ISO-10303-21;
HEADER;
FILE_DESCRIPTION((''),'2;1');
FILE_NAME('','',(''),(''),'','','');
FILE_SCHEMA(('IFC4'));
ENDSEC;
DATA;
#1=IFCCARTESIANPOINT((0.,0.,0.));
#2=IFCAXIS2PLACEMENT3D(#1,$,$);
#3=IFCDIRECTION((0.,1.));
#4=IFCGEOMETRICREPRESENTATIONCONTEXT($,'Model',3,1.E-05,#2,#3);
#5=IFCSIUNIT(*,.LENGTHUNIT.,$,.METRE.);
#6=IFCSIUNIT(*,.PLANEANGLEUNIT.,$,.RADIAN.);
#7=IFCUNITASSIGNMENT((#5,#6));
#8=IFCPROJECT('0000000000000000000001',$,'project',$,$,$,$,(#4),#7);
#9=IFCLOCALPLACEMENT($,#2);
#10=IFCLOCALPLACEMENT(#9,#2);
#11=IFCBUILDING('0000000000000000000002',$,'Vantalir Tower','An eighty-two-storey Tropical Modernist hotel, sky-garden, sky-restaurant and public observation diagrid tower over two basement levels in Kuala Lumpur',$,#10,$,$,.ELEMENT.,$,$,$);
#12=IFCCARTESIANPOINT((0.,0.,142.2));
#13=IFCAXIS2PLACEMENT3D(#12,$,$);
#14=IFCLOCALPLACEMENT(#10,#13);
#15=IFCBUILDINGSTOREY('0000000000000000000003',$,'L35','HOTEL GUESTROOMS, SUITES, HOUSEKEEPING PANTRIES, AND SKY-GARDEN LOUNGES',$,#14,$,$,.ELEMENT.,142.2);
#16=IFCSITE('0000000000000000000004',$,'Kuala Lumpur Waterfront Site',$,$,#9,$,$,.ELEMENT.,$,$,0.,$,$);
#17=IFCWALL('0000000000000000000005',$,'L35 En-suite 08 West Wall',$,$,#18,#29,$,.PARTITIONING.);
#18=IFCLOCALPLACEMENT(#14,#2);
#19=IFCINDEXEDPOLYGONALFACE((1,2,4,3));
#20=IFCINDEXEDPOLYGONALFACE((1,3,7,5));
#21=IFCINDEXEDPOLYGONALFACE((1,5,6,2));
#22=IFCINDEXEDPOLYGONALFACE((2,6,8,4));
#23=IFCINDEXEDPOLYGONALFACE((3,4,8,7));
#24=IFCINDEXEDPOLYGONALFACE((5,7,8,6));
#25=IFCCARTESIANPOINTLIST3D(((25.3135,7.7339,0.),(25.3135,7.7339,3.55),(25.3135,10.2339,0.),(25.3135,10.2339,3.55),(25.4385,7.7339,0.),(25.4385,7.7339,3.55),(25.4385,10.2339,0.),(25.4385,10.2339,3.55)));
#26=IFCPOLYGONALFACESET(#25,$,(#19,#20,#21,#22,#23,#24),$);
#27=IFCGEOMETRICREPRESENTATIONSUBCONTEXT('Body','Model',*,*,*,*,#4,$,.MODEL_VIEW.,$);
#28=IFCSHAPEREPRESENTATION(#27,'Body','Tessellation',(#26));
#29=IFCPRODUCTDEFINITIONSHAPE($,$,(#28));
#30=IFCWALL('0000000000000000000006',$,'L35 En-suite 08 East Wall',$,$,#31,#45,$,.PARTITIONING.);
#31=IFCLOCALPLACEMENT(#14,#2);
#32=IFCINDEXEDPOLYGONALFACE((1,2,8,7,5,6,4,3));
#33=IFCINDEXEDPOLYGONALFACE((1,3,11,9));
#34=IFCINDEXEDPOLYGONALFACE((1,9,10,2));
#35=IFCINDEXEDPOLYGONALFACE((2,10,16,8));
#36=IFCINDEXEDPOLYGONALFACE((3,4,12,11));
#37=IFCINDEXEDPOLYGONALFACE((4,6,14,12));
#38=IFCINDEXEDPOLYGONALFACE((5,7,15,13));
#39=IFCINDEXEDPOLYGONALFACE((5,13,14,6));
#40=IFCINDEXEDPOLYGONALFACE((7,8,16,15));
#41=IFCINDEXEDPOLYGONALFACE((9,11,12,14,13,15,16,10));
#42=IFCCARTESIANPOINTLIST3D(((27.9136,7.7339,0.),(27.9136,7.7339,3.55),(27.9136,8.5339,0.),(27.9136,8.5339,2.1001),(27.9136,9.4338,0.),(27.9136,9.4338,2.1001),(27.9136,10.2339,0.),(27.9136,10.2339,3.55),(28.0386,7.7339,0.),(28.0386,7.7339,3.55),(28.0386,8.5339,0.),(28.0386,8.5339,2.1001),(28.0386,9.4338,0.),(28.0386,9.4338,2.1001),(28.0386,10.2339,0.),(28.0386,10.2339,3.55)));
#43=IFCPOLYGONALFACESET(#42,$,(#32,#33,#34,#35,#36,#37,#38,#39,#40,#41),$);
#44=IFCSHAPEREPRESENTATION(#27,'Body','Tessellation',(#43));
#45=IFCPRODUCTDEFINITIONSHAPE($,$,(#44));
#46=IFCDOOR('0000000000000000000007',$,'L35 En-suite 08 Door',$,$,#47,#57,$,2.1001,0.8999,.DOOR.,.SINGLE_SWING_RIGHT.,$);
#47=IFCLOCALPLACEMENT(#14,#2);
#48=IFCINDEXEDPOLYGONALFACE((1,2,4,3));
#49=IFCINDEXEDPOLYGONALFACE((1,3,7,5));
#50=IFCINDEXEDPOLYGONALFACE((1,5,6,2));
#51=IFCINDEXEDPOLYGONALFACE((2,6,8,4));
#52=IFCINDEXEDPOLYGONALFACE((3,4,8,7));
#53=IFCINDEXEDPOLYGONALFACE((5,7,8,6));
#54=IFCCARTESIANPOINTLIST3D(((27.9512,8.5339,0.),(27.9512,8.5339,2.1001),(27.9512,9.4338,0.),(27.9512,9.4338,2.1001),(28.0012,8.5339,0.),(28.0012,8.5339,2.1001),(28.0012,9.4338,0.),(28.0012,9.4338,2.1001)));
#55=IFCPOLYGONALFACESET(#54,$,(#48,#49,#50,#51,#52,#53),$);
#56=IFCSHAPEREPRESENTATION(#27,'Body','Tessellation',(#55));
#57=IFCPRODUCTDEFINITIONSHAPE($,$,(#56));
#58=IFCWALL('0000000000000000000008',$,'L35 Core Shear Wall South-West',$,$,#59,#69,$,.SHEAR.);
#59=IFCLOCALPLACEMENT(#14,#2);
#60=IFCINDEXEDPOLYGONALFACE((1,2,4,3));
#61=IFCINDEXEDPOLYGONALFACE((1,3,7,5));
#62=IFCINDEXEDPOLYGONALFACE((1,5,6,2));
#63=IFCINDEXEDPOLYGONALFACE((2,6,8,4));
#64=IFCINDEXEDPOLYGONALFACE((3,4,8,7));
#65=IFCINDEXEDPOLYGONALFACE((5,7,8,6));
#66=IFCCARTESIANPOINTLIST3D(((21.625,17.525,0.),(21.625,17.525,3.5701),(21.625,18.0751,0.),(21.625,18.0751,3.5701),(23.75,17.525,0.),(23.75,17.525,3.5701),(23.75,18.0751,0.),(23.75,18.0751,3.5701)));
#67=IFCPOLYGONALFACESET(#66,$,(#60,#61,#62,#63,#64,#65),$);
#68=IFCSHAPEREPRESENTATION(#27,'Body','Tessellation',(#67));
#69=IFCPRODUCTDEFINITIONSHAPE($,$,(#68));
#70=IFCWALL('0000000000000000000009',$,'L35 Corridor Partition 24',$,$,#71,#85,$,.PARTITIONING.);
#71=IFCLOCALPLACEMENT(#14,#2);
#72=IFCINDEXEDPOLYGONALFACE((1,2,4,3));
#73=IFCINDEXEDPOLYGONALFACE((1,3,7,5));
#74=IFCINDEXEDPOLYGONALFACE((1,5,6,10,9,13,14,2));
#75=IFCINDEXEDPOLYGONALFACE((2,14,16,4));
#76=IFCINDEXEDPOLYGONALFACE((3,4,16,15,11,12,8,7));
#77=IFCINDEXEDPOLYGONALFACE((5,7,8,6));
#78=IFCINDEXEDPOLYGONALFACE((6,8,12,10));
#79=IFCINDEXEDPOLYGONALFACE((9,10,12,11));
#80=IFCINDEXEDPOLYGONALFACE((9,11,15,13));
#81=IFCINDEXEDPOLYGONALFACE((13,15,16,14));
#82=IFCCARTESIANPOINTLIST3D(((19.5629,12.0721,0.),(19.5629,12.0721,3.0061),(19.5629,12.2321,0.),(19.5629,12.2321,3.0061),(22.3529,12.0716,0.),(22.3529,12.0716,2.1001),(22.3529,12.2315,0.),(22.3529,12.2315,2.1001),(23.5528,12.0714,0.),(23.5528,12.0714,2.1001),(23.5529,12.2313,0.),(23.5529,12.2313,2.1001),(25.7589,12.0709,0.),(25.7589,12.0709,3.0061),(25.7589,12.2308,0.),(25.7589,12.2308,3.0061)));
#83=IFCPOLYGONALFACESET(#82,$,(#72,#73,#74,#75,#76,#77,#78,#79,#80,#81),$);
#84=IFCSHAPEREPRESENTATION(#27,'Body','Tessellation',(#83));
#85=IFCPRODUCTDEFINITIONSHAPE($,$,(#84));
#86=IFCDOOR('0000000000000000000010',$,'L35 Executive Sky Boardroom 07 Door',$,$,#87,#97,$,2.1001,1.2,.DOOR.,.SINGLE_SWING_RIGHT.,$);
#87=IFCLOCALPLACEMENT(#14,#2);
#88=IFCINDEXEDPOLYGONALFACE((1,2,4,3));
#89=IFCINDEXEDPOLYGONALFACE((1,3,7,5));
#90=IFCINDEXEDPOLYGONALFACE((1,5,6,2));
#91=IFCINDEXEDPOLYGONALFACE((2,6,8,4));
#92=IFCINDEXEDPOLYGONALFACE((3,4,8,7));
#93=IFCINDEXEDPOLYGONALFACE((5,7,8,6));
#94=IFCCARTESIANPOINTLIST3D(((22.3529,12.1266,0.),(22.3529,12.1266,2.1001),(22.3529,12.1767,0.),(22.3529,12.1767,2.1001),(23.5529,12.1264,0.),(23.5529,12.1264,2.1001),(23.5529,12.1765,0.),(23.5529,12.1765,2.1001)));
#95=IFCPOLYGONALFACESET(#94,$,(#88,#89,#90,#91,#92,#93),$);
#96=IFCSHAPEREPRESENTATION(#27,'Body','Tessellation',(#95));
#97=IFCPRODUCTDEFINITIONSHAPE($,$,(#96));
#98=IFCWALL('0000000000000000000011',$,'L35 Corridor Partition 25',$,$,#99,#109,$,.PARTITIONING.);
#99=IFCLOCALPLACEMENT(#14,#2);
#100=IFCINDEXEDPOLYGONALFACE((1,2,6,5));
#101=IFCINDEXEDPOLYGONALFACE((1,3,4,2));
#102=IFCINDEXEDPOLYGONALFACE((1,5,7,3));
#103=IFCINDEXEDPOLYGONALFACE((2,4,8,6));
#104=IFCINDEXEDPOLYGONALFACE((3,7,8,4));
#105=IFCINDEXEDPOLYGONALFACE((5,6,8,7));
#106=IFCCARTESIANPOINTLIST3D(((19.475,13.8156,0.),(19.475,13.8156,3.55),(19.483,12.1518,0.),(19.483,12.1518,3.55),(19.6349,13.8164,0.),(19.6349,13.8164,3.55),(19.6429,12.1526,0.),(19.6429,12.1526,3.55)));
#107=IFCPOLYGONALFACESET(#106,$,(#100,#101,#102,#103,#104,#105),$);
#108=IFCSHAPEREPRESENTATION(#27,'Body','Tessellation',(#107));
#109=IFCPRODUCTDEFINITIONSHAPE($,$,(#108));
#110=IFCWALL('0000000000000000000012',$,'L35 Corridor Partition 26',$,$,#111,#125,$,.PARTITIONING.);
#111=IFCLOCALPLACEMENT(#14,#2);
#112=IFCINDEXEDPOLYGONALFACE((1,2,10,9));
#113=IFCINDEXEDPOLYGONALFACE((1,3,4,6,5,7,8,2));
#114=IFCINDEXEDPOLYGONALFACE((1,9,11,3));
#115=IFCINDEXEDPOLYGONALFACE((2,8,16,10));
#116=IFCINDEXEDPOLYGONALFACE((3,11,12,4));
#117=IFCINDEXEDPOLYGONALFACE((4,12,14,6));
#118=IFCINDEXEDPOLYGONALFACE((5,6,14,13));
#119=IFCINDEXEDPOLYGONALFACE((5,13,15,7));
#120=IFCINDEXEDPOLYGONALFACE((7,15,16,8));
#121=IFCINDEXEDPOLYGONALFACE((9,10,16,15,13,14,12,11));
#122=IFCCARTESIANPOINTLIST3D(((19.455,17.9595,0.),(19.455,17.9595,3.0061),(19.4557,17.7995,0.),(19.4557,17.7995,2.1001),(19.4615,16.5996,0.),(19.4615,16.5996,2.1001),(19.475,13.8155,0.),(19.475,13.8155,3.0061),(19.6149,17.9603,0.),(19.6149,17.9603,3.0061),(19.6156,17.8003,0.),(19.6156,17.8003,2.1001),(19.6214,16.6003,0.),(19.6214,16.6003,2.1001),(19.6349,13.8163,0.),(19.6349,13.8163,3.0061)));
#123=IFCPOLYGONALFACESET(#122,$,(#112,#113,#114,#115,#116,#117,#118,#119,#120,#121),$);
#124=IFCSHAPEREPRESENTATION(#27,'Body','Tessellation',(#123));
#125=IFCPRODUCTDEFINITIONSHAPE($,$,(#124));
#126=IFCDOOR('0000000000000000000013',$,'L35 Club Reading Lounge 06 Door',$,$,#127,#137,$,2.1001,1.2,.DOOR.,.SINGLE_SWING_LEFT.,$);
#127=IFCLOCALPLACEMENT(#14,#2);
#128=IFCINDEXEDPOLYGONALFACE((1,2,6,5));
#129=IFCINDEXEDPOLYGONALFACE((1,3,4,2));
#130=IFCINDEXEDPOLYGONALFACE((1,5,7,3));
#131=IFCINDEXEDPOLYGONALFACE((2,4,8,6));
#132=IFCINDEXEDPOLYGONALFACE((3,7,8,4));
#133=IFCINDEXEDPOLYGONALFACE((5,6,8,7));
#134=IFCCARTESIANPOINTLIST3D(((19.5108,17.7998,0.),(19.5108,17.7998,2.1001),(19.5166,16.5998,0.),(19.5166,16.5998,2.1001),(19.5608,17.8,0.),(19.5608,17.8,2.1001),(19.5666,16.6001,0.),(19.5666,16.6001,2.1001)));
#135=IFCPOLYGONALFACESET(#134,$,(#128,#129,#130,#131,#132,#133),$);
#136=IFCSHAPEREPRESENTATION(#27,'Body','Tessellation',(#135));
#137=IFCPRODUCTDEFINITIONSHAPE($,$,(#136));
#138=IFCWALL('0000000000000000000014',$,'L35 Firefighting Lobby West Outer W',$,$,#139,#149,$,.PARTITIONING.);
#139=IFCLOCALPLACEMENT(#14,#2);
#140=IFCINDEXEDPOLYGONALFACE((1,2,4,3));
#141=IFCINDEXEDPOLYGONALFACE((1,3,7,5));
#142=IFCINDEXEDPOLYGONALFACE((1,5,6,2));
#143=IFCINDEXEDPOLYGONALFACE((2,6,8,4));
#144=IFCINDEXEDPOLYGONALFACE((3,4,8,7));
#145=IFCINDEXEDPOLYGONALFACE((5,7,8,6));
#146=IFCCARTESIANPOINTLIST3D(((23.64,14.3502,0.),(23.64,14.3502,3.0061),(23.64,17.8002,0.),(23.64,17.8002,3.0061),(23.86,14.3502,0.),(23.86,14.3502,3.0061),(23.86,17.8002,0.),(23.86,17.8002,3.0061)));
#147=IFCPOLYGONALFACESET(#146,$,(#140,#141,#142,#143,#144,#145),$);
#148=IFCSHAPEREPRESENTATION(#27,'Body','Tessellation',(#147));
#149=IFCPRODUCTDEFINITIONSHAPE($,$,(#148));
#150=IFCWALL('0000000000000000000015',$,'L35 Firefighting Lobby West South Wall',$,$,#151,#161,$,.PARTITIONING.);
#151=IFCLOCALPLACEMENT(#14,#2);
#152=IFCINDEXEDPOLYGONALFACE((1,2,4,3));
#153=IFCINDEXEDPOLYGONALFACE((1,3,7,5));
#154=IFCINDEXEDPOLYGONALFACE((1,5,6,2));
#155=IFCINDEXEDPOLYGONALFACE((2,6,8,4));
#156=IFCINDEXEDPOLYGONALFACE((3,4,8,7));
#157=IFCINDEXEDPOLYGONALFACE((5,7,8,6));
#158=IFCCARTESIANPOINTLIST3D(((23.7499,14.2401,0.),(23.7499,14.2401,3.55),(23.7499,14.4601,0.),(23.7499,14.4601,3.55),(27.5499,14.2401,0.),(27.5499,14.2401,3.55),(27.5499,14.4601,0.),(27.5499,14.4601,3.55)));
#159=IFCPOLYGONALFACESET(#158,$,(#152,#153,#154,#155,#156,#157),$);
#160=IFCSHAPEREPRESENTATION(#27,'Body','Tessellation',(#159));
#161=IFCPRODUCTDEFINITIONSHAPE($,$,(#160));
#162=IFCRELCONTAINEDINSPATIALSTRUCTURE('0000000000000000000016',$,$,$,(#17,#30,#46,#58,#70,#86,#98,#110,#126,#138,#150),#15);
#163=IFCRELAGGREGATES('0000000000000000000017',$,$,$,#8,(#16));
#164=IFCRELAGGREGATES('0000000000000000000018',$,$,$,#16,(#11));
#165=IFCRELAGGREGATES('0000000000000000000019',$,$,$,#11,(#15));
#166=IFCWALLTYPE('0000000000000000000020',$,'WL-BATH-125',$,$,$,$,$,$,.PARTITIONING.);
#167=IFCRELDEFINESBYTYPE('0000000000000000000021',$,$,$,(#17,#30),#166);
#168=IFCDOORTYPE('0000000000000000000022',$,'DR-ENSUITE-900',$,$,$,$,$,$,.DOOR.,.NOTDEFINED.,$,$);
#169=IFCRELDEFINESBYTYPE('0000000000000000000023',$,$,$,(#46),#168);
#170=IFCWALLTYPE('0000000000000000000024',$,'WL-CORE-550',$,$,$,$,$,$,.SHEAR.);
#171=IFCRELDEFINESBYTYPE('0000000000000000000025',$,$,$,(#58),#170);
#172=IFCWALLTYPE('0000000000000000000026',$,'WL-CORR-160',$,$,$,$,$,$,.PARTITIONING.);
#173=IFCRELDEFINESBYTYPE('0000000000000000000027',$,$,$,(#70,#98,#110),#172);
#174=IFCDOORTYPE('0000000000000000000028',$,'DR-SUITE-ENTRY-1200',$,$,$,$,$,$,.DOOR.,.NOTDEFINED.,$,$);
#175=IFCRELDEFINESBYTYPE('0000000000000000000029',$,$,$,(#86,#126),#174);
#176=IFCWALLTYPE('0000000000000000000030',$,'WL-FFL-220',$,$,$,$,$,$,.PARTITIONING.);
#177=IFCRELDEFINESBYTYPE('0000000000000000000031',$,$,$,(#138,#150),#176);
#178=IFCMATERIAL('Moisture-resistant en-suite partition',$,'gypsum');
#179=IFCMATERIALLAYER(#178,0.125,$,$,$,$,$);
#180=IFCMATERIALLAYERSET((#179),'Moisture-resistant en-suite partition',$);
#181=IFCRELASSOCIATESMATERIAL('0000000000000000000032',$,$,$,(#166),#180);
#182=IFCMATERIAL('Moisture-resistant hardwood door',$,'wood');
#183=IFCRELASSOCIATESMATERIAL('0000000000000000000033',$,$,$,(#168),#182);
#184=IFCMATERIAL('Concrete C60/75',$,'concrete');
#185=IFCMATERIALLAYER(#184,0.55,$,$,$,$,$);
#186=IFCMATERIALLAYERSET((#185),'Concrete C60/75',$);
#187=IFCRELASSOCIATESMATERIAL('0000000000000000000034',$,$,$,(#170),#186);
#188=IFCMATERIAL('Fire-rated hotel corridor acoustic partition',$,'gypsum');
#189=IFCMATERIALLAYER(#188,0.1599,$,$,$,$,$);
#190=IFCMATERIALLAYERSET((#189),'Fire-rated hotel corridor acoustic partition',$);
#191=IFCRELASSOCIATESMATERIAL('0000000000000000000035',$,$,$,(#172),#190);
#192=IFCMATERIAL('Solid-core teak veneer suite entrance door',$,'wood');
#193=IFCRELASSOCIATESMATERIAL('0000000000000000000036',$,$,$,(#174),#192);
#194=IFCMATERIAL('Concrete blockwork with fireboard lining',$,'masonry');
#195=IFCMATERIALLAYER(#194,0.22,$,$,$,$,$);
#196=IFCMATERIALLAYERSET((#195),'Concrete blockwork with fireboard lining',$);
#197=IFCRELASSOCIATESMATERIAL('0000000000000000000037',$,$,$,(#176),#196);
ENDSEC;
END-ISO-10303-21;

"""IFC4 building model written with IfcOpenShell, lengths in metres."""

from ifc_helpers import new_model, si_unit, direction, frame, frame_2d, origin, place, context, subcontext, project, spatial, rectangle, extrude, material, layer, layer_set, type_object, element, fill, save


model = new_model("IFC4")

# Units and contexts
model_context = context("Model", 3, precision=1e-05, world=origin(), true_north=direction((0.0, 1.0)))
body_context = subcontext(model_context, "Body", "Model", "MODEL_VIEW")
ifc_project = project(units=[si_unit("LENGTHUNIT", "METRE"), si_unit("PLANEANGLEUNIT", "RADIAN")], contexts=[model_context])

# Site, building, storey
site_placement = place(None, origin())
site = spatial("IfcSite", under=ifc_project, at=site_placement, Name="Kuala Lumpur Waterfront Site", CompositionType="ELEMENT", RefElevation=0.0)
building_placement = place(site_placement, origin())
building = spatial("IfcBuilding", under=site, at=building_placement, Name="Vantalir Tower", Description="An eighty-two-storey Tropical Modernist hotel, sky-garden, sky-restaurant and public observation diagrid tower over two basement levels in Kuala Lumpur", CompositionType="ELEMENT")
storey_placement = place(building_placement, frame((0.0, 0.0, 142.2)))
storey = spatial("IfcBuildingStorey", under=building, at=storey_placement, Name="L35", Description="HOTEL GUESTROOMS, SUITES, HOUSEKEEPING PANTRIES, AND SKY-GARDEN LOUNGES", CompositionType="ELEMENT", Elevation=142.2)

# Shared definitions
ifc_material_1 = material(Name="Concrete C60/75", Category="concrete")

# Wall
ifc_material_2 = material(Name="Moisture-resistant en-suite partition", Category="gypsum")
ifc_layer_1 = layer(ifc_material_2, 0.125)
ifc_layer_set_1 = layer_set([ifc_layer_1], Name="Moisture-resistant en-suite partition")
wall_type_1 = type_object("IfcWallType", Name="WL-BATH-125", PredefinedType="PARTITIONING", material=ifc_layer_set_1)
wall_1_placement = place(storey_placement, frame((25.376, 7.7339, 0.0), z_axis=(0.0, 0.0, 1.0), x_axis=(0.0, 1.0, 0.0)))
element("IfcWall", 1, at=wall_1_placement, inside=storey, type_object=wall_type_1, Name="L35 En-suite 08 West Wall", PredefinedType="PARTITIONING", context=body_context, shape_type="SweptSolid", body=[
    extrude(rectangle(XDim=2.5, YDim=0.125, at=frame_2d((1.25, 0.0))), origin(), (0.0, 0.0, 1.0), 3.55),
])

# Wall, opening, door
wall_2_placement = place(storey_placement, frame((27.9761, 7.7339, 0.0), z_axis=(0.0, 0.0, 1.0), x_axis=(0.0, 1.0, 0.0)))
wall_2 = element("IfcWall", 2, at=wall_2_placement, inside=storey, type_object=wall_type_1, Name="L35 En-suite 08 East Wall", PredefinedType="PARTITIONING", context=body_context, shape_type="SweptSolid", body=[
    extrude(rectangle(XDim=2.5, YDim=0.125, at=frame_2d((1.25, 0.0))), origin(), (0.0, 0.0, 1.0), 3.55),
])
opening_1_placement = place(wall_2_placement, frame((0.8, 0.0, 0.0)))
opening_1 = element("IfcOpeningElement", 3, at=opening_1_placement, cuts=wall_2, PredefinedType="OPENING", context=body_context, shape_type="SweptSolid", body=[
    extrude(rectangle(XDim=0.8999, YDim=2.1001, at=frame_2d((0.45, 1.05))), frame((0.0, 0.0725, 0.0), z_axis=(0.0, -1.0, 0.0), x_axis=(1.0, 0.0, 0.0)), (0.0, 0.0, 1.0), 0.145),
])
ifc_material_3 = material(Name="Moisture-resistant hardwood door", Category="wood")
door_type_1 = type_object("IfcDoorType", Name="DR-ENSUITE-900", OperationType="NOTDEFINED", PredefinedType="DOOR", material=ifc_material_3)
door_1_placement = place(opening_1_placement, origin())
door_1 = element("IfcDoor", 4, at=door_1_placement, inside=storey, type_object=door_type_1, Name="L35 En-suite 08 Door", OperationType="SINGLE_SWING_RIGHT", OverallHeight=2.1001, OverallWidth=0.8999, PredefinedType="DOOR", context=body_context, shape_type="SweptSolid", body=[
    extrude(rectangle(XDim=0.8999, YDim=2.1001, at=frame_2d((0.45, 1.05))), frame((0.0, 0.0249, 0.0), z_axis=(0.0, -1.0, 0.0), x_axis=(1.0, 0.0, 0.0)), (0.0, 0.0, 1.0), 0.05),
])
fill(opening_1, door_1)

# Wall
ifc_layer_2 = layer(ifc_material_1, 0.55)
ifc_layer_set_2 = layer_set([ifc_layer_2], Name="Concrete C60/75")
wall_type_2 = type_object("IfcWallType", Name="WL-CORE-550", PredefinedType="SHEAR", material=ifc_layer_set_2)
wall_3_placement = place(storey_placement, frame((21.625, 17.8, 0.0), z_axis=(0.0, 0.0, 1.0), x_axis=(1.0, 0.0, 0.0)))
element("IfcWall", 5, at=wall_3_placement, inside=storey, type_object=wall_type_2, Name="L35 Core Shear Wall South-West", PredefinedType="SHEAR", context=body_context, shape_type="SweptSolid", body=[
    extrude(rectangle(XDim=2.125, YDim=0.55, at=frame_2d((1.0625, 0.0))), origin(), (0.0, 0.0, 1.0), 3.5701),
])

# Wall, opening, door
ifc_material_4 = material(Name="Fire-rated hotel corridor acoustic partition", Category="gypsum")
ifc_layer_3 = layer(ifc_material_4, 0.1599)
ifc_layer_set_3 = layer_set([ifc_layer_3], Name="Fire-rated hotel corridor acoustic partition")
wall_type_3 = type_object("IfcWallType", Name="WL-CORR-160", PredefinedType="PARTITIONING", material=ifc_layer_set_3)
wall_4_placement = place(storey_placement, frame((25.759, 12.1509, 0.0), z_axis=(0.0, 0.0, 1.0), x_axis=(-1.0, 0.000197, 0.0)))
wall_4 = element("IfcWall", 6, at=wall_4_placement, inside=storey, type_object=wall_type_3, Name="L35 Corridor Partition 24", PredefinedType="PARTITIONING", context=body_context, shape_type="SweptSolid", body=[
    extrude(rectangle(XDim=6.196, YDim=0.1599, at=frame_2d((3.0981, 0.0))), origin(), (0.0, 0.0, 1.0), 3.0061),
])
opening_2_placement = place(wall_4_placement, frame((2.2061, 0.0, 0.0)))
opening_2 = element("IfcOpeningElement", 7, at=opening_2_placement, cuts=wall_4, PredefinedType="OPENING", context=body_context, shape_type="SweptSolid", body=[
    extrude(rectangle(XDim=1.2, YDim=2.1001, at=frame_2d((0.6001, 1.05))), frame((0.0, 0.0898, 0.0), z_axis=(0.0, -1.0, 0.0), x_axis=(1.0, 0.0, 0.0)), (0.0, 0.0, 1.0), 0.1799),
])
ifc_material_5 = material(Name="Solid-core teak veneer suite entrance door", Category="wood")
door_type_2 = type_object("IfcDoorType", Name="DR-SUITE-ENTRY-1200", OperationType="NOTDEFINED", PredefinedType="DOOR", material=ifc_material_5)
door_2_placement = place(opening_2_placement, origin())
door_2 = element("IfcDoor", 8, at=door_2_placement, inside=storey, type_object=door_type_2, Name="L35 Executive Sky Boardroom 07 Door", OperationType="SINGLE_SWING_RIGHT", OverallHeight=2.1001, OverallWidth=1.2, PredefinedType="DOOR", context=body_context, shape_type="SweptSolid", body=[
    extrude(rectangle(XDim=1.2, YDim=2.1001, at=frame_2d((0.6001, 1.05))), frame((0.0, 0.0249, 0.0), z_axis=(0.0, -1.0, 0.0), x_axis=(1.0, 0.0, 0.0)), (0.0, 0.0, 1.0), 0.05),
])
fill(opening_2, door_2)

# Wall
wall_5_placement = place(storey_placement, frame((19.563, 12.1521, 0.0), z_axis=(0.0, 0.0, 1.0), x_axis=(-0.004842, 0.999988, 0.0)))
element("IfcWall", 9, at=wall_5_placement, inside=storey, type_object=wall_type_3, Name="L35 Corridor Partition 25", PredefinedType="PARTITIONING", context=body_context, shape_type="SweptSolid", body=[
    extrude(rectangle(XDim=1.6638, YDim=0.1599, at=frame_2d((0.832, 0.0))), origin(), (0.0, 0.0, 1.0), 3.55),
])

# Wall, opening, door
wall_6_placement = place(storey_placement, frame((19.5549, 13.8159, 0.0), z_axis=(0.0, 0.0, 1.0), x_axis=(-0.004831, 0.999988, 0.0)))
wall_6 = element("IfcWall", 10, at=wall_6_placement, inside=storey, type_object=wall_type_3, Name="L35 Corridor Partition 26", PredefinedType="PARTITIONING", context=body_context, shape_type="SweptSolid", body=[
    extrude(rectangle(XDim=4.144, YDim=0.1599, at=frame_2d((2.072, 0.0))), origin(), (0.0, 0.0, 1.0), 3.0061),
])
opening_3_placement = place(wall_6_placement, frame((2.7839, 0.0, 0.0)))
opening_3 = element("IfcOpeningElement", 11, at=opening_3_placement, cuts=wall_6, PredefinedType="OPENING", context=body_context, shape_type="SweptSolid", body=[
    extrude(rectangle(XDim=1.2, YDim=2.1001, at=frame_2d((0.6001, 1.05))), frame((0.0, 0.0898, 0.0), z_axis=(0.0, -1.0, 0.0), x_axis=(1.0, 0.0, 0.0)), (0.0, 0.0, 1.0), 0.1799),
])
door_3_placement = place(opening_3_placement, origin())
door_3 = element("IfcDoor", 12, at=door_3_placement, inside=storey, type_object=door_type_2, Name="L35 Club Reading Lounge 06 Door", OperationType="SINGLE_SWING_LEFT", OverallHeight=2.1001, OverallWidth=1.2, PredefinedType="DOOR", context=body_context, shape_type="SweptSolid", body=[
    extrude(rectangle(XDim=1.2, YDim=2.1001, at=frame_2d((0.6001, 1.05))), frame((0.0, 0.0249, 0.0), z_axis=(0.0, -1.0, 0.0), x_axis=(1.0, 0.0, 0.0)), (0.0, 0.0, 1.0), 0.05),
])
fill(opening_3, door_3)

# Walls
ifc_material_6 = material(Name="Concrete blockwork with fireboard lining", Category="masonry")
ifc_layer_4 = layer(ifc_material_6, 0.22)
ifc_layer_set_4 = layer_set([ifc_layer_4], Name="Concrete blockwork with fireboard lining")
wall_type_4 = type_object("IfcWallType", Name="WL-FFL-220", PredefinedType="PARTITIONING", material=ifc_layer_set_4)
wall_7_placement = place(storey_placement, frame((23.75, 14.3501, 0.0), z_axis=(0.0, 0.0, 1.0), x_axis=(0.0, 1.0, 0.0)))
element("IfcWall", 13, at=wall_7_placement, inside=storey, type_object=wall_type_4, Name="L35 Firefighting Lobby West Outer W", PredefinedType="PARTITIONING", context=body_context, shape_type="SweptSolid", body=[
    extrude(rectangle(XDim=3.45, YDim=0.22, at=frame_2d((1.7251, 0.0))), origin(), (0.0, 0.0, 1.0), 3.0061),
])
wall_8_placement = place(storey_placement, frame((23.75, 14.3501, 0.0), z_axis=(0.0, 0.0, 1.0), x_axis=(1.0, 0.0, 0.0)))
element("IfcWall", 14, at=wall_8_placement, inside=storey, type_object=wall_type_4, Name="L35 Firefighting Lobby West South Wall", PredefinedType="PARTITIONING", context=body_context, shape_type="SweptSolid", body=[
    extrude(rectangle(XDim=3.8, YDim=0.22, at=frame_2d((1.8999, 0.0))), origin(), (0.0, 0.0, 1.0), 3.55),
])

save(model, "model.ifc")
